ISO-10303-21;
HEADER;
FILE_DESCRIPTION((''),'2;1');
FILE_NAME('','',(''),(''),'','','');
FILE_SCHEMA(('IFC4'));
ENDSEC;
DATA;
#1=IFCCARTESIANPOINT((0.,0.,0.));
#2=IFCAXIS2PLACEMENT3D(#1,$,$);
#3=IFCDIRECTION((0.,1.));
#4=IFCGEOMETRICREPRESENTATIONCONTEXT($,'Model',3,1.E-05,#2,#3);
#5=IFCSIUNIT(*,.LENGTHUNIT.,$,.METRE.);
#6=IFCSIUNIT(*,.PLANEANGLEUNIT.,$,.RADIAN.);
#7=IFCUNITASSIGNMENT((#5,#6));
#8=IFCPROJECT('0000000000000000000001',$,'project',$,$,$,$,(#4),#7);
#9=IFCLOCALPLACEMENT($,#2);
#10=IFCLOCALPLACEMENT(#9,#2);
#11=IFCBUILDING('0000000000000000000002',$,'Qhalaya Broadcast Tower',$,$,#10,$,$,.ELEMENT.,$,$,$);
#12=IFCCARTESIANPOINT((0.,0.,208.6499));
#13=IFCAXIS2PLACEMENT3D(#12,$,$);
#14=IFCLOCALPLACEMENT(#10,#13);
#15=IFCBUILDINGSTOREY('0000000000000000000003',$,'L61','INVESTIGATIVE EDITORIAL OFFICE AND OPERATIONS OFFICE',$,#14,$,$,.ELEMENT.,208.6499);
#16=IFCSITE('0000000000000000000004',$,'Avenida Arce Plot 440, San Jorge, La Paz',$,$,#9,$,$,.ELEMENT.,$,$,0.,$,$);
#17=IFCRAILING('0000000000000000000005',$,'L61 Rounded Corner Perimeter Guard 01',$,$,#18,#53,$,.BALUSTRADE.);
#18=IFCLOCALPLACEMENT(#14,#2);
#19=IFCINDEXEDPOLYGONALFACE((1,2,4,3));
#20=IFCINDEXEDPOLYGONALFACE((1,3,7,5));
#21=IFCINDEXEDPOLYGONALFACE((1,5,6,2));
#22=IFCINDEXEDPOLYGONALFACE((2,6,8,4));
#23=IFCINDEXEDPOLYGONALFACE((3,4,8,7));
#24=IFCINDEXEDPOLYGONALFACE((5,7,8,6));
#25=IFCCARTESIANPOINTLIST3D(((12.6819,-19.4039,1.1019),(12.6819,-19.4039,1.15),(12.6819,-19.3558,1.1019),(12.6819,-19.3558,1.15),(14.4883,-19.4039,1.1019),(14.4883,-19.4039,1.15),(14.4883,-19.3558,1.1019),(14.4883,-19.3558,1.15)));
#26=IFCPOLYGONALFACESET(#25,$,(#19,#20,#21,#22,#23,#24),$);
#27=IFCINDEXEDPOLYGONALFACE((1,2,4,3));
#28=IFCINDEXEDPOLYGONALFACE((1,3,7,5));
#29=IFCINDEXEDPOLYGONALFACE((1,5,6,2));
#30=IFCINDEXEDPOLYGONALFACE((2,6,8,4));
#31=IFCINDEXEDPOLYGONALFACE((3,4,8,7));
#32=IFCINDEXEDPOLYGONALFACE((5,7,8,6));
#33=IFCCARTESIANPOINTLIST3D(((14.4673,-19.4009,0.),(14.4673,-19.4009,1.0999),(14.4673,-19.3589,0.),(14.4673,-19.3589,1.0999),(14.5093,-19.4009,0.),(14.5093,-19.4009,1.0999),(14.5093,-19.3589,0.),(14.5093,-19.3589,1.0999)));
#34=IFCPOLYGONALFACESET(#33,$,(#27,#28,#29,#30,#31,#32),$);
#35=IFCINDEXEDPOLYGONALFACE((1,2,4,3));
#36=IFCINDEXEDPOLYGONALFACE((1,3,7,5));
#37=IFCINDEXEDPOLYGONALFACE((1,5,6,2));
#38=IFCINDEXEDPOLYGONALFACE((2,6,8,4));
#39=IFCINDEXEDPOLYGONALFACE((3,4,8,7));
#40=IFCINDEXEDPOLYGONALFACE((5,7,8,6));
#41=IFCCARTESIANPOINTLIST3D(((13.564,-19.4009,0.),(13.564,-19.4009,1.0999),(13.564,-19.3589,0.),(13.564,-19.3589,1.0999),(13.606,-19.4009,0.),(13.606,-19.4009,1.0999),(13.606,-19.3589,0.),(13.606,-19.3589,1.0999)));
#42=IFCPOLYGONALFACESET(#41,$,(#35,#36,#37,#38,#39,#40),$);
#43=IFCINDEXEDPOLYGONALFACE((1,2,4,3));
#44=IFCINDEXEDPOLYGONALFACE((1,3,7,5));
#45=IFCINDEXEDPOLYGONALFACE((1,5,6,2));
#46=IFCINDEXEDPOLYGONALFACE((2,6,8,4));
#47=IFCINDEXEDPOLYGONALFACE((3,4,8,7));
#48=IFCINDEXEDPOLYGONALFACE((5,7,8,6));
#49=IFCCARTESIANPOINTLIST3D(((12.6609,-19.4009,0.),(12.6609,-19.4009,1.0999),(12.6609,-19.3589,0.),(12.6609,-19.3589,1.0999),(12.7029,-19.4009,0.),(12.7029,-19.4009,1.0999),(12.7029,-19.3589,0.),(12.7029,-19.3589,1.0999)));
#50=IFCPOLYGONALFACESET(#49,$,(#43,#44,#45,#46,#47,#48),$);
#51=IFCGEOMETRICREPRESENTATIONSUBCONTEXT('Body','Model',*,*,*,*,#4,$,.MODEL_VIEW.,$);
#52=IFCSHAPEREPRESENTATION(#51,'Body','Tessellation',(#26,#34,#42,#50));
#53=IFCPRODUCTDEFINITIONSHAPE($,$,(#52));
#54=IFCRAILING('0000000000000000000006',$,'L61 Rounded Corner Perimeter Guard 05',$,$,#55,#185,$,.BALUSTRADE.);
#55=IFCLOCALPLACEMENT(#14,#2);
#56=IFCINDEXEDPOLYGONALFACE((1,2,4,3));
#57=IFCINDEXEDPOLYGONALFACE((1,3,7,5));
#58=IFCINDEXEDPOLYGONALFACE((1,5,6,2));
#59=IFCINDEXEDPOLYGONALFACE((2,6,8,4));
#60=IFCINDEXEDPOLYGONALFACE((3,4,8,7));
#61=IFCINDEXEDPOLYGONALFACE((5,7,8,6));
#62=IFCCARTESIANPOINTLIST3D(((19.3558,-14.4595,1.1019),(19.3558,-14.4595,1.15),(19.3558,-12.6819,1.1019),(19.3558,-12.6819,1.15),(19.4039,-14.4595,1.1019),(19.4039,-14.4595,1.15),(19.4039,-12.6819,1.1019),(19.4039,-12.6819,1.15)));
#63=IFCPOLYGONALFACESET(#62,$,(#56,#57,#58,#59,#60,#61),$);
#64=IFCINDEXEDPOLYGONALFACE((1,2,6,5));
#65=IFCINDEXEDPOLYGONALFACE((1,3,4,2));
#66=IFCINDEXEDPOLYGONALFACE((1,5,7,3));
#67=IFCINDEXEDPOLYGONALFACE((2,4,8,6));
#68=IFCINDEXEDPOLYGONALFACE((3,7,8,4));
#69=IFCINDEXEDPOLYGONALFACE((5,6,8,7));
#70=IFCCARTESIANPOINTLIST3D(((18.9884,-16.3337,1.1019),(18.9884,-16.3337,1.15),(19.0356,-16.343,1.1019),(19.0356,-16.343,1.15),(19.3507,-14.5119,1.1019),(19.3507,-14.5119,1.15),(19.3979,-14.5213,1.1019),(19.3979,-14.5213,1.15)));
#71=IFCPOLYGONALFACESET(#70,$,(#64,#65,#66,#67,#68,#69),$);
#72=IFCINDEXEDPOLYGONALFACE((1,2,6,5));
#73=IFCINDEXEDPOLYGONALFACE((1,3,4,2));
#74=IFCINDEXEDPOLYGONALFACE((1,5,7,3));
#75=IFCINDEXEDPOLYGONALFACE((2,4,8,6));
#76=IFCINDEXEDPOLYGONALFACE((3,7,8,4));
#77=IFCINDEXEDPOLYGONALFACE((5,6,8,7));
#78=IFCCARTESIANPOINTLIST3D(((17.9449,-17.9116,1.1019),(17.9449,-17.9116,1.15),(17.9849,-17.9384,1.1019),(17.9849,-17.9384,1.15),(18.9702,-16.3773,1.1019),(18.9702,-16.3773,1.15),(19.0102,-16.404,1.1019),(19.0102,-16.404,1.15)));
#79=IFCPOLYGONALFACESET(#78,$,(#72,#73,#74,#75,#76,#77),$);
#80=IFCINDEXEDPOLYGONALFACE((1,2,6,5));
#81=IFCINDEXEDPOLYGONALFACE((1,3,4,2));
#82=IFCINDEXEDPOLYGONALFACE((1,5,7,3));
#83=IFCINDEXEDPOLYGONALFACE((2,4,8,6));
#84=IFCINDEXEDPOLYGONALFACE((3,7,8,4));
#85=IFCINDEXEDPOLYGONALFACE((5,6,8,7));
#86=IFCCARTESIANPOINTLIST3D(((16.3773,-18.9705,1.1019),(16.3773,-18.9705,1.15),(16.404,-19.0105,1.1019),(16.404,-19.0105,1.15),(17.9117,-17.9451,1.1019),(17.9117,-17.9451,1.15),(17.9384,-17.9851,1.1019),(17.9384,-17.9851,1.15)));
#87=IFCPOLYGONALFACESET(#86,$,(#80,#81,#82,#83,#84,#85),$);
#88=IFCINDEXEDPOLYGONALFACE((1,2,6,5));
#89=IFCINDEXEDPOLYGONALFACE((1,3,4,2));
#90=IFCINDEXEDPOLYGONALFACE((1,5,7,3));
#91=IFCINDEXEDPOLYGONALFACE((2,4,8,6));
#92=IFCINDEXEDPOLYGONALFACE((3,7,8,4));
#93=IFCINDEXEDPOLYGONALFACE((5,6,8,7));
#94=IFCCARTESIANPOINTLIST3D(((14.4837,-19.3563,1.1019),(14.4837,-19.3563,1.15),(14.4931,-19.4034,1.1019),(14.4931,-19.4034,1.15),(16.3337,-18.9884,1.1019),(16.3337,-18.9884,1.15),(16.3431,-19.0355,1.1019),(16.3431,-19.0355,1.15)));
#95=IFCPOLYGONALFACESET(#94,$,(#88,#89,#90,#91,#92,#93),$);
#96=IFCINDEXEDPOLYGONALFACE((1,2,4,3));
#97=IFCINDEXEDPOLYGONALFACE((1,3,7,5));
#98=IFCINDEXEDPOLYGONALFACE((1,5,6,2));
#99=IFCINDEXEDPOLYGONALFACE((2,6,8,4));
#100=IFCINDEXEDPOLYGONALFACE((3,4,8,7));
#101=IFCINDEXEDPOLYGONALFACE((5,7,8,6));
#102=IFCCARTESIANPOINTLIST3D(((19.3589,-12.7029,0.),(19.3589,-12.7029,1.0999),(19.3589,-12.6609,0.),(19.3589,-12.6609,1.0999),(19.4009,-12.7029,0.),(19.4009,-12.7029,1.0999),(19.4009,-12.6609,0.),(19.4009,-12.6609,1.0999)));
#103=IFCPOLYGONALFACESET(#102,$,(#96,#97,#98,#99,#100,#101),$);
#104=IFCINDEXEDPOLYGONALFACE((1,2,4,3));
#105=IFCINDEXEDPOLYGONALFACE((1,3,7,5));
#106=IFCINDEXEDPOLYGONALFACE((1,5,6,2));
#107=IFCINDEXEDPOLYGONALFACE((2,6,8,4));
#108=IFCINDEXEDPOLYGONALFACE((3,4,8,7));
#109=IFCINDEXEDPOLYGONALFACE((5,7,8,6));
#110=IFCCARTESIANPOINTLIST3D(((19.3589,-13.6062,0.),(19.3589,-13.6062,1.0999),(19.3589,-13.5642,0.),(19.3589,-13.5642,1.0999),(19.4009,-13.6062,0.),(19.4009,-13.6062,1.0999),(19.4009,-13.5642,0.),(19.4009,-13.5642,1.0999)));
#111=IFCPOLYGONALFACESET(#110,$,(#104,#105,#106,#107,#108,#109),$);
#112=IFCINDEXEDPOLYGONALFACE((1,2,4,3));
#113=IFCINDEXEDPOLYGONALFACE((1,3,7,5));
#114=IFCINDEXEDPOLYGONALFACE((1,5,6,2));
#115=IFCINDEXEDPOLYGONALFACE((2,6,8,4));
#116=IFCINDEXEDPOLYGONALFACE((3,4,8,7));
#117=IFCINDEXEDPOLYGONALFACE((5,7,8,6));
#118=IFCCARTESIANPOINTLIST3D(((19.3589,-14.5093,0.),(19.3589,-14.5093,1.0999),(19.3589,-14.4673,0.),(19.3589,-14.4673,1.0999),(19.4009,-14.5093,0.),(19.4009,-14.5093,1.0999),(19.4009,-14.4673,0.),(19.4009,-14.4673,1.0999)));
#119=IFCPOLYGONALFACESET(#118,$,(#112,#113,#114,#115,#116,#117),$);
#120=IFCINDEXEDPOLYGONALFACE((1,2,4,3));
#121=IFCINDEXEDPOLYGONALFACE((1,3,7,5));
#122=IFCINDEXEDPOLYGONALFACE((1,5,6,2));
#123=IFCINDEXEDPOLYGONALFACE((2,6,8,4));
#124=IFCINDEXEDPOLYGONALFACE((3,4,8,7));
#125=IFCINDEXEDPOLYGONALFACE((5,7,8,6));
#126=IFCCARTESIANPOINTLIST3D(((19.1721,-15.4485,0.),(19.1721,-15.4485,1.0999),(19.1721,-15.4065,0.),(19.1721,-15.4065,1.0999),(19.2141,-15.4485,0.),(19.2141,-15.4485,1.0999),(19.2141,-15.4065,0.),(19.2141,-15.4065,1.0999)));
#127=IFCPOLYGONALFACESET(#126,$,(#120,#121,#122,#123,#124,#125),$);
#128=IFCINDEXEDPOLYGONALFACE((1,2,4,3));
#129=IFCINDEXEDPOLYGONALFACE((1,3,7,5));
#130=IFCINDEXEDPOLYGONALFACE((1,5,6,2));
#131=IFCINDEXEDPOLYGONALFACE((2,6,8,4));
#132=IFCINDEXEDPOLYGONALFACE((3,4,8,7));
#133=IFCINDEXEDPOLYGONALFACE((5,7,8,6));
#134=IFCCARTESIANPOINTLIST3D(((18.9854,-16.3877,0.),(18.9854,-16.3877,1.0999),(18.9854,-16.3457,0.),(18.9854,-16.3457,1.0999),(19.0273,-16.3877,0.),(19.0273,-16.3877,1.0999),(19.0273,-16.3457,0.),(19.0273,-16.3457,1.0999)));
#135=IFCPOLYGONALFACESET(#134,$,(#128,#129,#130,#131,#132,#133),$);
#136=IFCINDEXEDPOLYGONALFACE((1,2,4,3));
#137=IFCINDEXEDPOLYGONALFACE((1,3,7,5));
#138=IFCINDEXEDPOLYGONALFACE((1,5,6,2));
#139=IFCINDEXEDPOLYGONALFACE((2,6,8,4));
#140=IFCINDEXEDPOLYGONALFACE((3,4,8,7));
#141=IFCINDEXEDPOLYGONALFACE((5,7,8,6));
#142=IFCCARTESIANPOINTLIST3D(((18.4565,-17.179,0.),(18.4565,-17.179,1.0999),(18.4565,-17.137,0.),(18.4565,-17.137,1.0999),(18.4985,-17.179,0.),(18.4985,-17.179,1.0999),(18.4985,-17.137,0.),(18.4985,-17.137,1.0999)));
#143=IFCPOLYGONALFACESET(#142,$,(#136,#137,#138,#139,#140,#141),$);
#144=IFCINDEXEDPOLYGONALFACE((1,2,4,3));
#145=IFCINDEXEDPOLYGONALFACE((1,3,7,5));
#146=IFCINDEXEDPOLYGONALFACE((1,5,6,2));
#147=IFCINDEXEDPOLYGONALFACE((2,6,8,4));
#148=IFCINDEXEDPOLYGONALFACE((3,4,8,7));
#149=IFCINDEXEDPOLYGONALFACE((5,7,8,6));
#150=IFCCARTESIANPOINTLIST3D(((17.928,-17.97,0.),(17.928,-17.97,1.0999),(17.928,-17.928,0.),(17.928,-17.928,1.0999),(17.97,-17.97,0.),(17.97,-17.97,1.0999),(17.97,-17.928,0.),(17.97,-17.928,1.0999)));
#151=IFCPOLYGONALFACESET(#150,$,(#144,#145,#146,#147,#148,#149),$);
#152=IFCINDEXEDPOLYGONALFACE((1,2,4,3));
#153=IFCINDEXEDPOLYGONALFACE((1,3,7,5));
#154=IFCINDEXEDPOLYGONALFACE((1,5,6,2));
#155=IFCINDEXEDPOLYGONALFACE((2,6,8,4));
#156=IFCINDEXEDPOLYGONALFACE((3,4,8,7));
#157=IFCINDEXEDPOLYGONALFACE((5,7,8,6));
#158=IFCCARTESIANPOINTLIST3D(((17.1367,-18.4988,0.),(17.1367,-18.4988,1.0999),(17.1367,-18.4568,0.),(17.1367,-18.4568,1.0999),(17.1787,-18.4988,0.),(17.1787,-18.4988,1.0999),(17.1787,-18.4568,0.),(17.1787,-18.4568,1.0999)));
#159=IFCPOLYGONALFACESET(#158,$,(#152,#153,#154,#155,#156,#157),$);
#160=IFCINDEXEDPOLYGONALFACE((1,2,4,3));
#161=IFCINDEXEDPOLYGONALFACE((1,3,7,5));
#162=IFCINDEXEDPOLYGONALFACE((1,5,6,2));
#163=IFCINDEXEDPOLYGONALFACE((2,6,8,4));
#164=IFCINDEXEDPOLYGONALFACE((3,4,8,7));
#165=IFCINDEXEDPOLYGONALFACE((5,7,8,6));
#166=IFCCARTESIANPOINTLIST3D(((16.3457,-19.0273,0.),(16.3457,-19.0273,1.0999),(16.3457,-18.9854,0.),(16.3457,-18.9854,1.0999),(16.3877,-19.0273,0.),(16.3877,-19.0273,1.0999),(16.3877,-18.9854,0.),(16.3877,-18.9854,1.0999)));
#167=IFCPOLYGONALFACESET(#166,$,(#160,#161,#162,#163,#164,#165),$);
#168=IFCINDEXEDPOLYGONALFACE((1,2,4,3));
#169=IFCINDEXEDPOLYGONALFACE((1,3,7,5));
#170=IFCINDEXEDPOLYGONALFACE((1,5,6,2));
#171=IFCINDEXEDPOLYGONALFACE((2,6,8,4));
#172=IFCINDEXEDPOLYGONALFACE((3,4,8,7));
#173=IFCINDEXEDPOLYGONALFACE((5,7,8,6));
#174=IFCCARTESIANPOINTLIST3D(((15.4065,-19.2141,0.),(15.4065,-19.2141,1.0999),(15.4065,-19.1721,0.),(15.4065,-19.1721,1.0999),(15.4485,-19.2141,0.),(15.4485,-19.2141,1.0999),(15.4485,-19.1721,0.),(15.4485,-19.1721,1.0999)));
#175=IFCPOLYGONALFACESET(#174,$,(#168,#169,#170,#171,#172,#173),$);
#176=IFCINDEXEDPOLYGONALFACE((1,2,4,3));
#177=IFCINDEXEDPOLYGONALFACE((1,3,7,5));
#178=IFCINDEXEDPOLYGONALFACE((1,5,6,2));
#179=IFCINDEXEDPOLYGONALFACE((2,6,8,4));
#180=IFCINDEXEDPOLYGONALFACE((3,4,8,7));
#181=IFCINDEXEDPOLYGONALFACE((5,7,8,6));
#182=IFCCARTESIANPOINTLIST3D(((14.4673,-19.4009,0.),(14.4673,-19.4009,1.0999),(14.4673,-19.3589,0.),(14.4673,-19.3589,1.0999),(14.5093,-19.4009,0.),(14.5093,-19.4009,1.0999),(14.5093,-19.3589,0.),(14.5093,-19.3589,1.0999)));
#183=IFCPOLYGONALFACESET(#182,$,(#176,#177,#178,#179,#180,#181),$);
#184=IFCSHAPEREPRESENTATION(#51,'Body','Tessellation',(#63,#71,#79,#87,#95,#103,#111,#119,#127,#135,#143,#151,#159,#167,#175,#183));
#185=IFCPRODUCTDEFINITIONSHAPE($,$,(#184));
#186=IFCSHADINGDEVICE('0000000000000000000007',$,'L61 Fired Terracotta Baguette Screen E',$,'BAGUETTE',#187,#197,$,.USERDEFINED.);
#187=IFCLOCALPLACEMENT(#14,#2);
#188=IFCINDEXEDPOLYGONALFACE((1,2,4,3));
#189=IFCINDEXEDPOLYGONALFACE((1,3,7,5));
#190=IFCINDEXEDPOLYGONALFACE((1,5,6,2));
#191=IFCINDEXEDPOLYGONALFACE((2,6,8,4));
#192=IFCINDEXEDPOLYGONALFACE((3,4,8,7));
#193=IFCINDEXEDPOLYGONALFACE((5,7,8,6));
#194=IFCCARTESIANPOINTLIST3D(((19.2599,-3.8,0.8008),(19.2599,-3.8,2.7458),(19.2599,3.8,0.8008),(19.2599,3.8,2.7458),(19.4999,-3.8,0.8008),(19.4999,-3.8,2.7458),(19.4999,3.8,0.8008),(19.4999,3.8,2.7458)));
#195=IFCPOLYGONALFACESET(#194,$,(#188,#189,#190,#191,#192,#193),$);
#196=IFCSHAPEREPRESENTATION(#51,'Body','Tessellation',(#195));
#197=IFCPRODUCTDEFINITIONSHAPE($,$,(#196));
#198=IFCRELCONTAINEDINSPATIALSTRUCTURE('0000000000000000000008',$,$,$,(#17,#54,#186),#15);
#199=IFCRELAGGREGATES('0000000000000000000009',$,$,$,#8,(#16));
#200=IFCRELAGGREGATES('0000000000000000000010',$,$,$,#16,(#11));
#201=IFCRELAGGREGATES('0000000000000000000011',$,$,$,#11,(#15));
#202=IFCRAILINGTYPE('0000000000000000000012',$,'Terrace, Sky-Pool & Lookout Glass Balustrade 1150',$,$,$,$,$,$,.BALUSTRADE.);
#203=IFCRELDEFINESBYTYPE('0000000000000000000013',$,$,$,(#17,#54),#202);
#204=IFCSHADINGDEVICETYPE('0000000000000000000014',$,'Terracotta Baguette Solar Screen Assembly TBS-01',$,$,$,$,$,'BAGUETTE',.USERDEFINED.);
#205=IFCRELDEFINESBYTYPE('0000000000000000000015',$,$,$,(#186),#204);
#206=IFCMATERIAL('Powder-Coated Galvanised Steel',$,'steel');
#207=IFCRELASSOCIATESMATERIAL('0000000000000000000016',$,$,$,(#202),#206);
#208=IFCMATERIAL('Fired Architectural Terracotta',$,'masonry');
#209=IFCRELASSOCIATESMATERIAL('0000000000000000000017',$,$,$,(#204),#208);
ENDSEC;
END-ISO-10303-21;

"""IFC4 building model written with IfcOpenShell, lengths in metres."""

from ifc_helpers import new_model, si_unit, direction, frame, origin, origin_2d, place, context, subcontext, project, spatial, rectangle, extrude, material, type_object, element, save


model = new_model("IFC4")

# Units and contexts
model_context = context("Model", 3, precision=1e-05, world=origin(), true_north=direction((0.0, 1.0)))
body_context = subcontext(model_context, "Body", "Model", "MODEL_VIEW")
ifc_project = project(units=[si_unit("LENGTHUNIT", "METRE"), si_unit("PLANEANGLEUNIT", "RADIAN")], contexts=[model_context])

# Site, building, storey
site_placement = place(None, origin())
site = spatial("IfcSite", under=ifc_project, at=site_placement, Name="Avenida Arce Plot 440, San Jorge, La Paz", CompositionType="ELEMENT", RefElevation=0.0)
building_placement = place(site_placement, origin())
building = spatial("IfcBuilding", under=site, at=building_placement, Name="Qhalaya Broadcast Tower", CompositionType="ELEMENT")
storey_placement = place(building_placement, frame((0.0, 0.0, 208.6499)))
storey = spatial("IfcBuildingStorey", under=building, at=storey_placement, Name="L61", Description="INVESTIGATIVE EDITORIAL OFFICE AND OPERATIONS OFFICE", CompositionType="ELEMENT", Elevation=208.6499)

# Shared definitions
ifc_material_1 = material(Name="Fired Architectural Terracotta", Category="masonry")

# Railings
ifc_material_2 = material(Name="Powder-Coated Galvanised Steel", Category="steel")
railing_type = type_object("IfcRailingType", Name="Terrace, Sky-Pool & Lookout Glass Balustrade 1150", PredefinedType="BALUSTRADE", material=ifc_material_2)
railing_1_placement = place(storey_placement, frame((14.4883, -19.3799, 0.0)))
element("IfcRailing", 1, at=railing_1_placement, inside=storey, type_object=railing_type, Name="L61 Rounded Corner Perimeter Guard 01", PredefinedType="BALUSTRADE", context=body_context, shape_type="SweptSolid", body=[
    extrude(rectangle(XDim=0.0481, YDim=0.0481, at=origin_2d()), frame((0.0, 0.0, 1.126), z_axis=(-1.0, 0.0, 0.0), x_axis=(0.0, -1.0, 0.0)), (0.0, 0.0, 1.0), 1.8064),
    extrude(rectangle(XDim=0.042, YDim=0.042, at=origin_2d()), origin(), (0.0, 0.0, 1.0), 1.0999),
    extrude(rectangle(XDim=0.042, YDim=0.042, at=origin_2d()), frame((-0.9033, 0.0, 0.0)), (0.0, 0.0, 1.0), 1.0999),
    extrude(rectangle(XDim=0.042, YDim=0.042, at=origin_2d()), frame((-1.8064, 0.0, 0.0)), (0.0, 0.0, 1.0), 1.0999),
])
railing_2_placement = place(storey_placement, frame((19.3799, -12.6819, 0.0)))
element("IfcRailing", 2, at=railing_2_placement, inside=storey, type_object=railing_type, Name="L61 Rounded Corner Perimeter Guard 05", PredefinedType="BALUSTRADE", context=body_context, shape_type="SweptSolid", body=[
    extrude(rectangle(XDim=0.0481, YDim=0.0481, at=origin_2d()), frame((0.0, 0.0, 1.126), z_axis=(0.0, -1.0, 0.0), x_axis=(1.0, 0.0, 0.0)), (0.0, 0.0, 1.0), 1.7776),
    extrude(rectangle(XDim=0.0481, YDim=0.0481, at=origin_2d()), frame((-0.0056, -1.8347, 1.126), z_axis=(-0.195037, -0.980796, 0.0), x_axis=(0.980796, -0.195037, 0.0)), (0.0, 0.0, 1.0), 1.8574),
    extrude(rectangle(XDim=0.0481, YDim=0.0481, at=origin_2d()), frame((-0.3896, -3.7087, 1.126), z_axis=(-0.555618, -0.831438, 0.0), x_axis=(0.831438, -0.555618, 0.0)), (0.0, 0.0, 1.0), 1.8455),
    extrude(rectangle(XDim=0.0481, YDim=0.0481, at=origin_2d()), frame((-1.4548, -5.2832, 1.126), z_axis=(-0.831438, -0.555618, 0.0), x_axis=(0.555618, -0.831438, 0.0)), (0.0, 0.0, 1.0), 1.8455),
    extrude(rectangle(XDim=0.0481, YDim=0.0481, at=origin_2d()), frame((-3.0415, -6.3301, 1.126), z_axis=(-0.980796, -0.195037, 0.0), x_axis=(0.195037, -0.980796, 0.0)), (0.0, 0.0, 1.0), 1.8862),
    extrude(rectangle(XDim=0.042, YDim=0.042, at=origin_2d()), origin(), (0.0, 0.0, 1.0), 1.0999),
    extrude(rectangle(XDim=0.042, YDim=0.042, at=origin_2d()), frame((0.0, -0.9033, 0.0)), (0.0, 0.0, 1.0), 1.0999),
    extrude(rectangle(XDim=0.042, YDim=0.042, at=origin_2d()), frame((0.0, -1.8064, 0.0)), (0.0, 0.0, 1.0), 1.0999),
    extrude(rectangle(XDim=0.042, YDim=0.042, at=origin_2d()), frame((-0.1868, -2.7456, 0.0)), (0.0, 0.0, 1.0), 1.0999),
    extrude(rectangle(XDim=0.042, YDim=0.042, at=origin_2d()), frame((-0.3735, -3.6848, 0.0)), (0.0, 0.0, 1.0), 1.0999),
    extrude(rectangle(XDim=0.042, YDim=0.042, at=origin_2d()), frame((-0.9023, -4.4761, 0.0)), (0.0, 0.0, 1.0), 1.0999),
    extrude(rectangle(XDim=0.042, YDim=0.042, at=origin_2d()), frame((-1.4309, -5.2671, 0.0)), (0.0, 0.0, 1.0), 1.0999),
    extrude(rectangle(XDim=0.042, YDim=0.042, at=origin_2d()), frame((-2.2222, -5.7959, 0.0)), (0.0, 0.0, 1.0), 1.0999),
    extrude(rectangle(XDim=0.042, YDim=0.042, at=origin_2d()), frame((-3.0132, -6.3245, 0.0)), (0.0, 0.0, 1.0), 1.0999),
    extrude(rectangle(XDim=0.042, YDim=0.042, at=origin_2d()), frame((-3.9524, -6.5112, 0.0)), (0.0, 0.0, 1.0), 1.0999),
    extrude(rectangle(XDim=0.042, YDim=0.042, at=origin_2d()), frame((-4.8916, -6.698, 0.0)), (0.0, 0.0, 1.0), 1.0999),
])

# Shading device
shading_device_type = type_object("IfcShadingDeviceType", Name="Terracotta Baguette Solar Screen Assembly TBS-01", ElementType="BAGUETTE", PredefinedType="USERDEFINED", material=ifc_material_1)
shading_device_placement = place(storey_placement, frame((19.3799, 0.0, 0.8008), z_axis=(0.0, 0.0, 1.0), x_axis=(0.0, 1.0, 0.0)))
element("IfcShadingDevice", 3, at=shading_device_placement, inside=storey, type_object=shading_device_type, Name="L61 Fired Terracotta Baguette Screen E", ObjectType="BAGUETTE", PredefinedType="USERDEFINED", context=body_context, shape_type="SweptSolid", body=[
    extrude(rectangle(XDim=7.6001, YDim=0.24, at=origin_2d()), origin(), (0.0, 0.0, 1.0), 1.9451),
])

save(model, "model.ifc")
